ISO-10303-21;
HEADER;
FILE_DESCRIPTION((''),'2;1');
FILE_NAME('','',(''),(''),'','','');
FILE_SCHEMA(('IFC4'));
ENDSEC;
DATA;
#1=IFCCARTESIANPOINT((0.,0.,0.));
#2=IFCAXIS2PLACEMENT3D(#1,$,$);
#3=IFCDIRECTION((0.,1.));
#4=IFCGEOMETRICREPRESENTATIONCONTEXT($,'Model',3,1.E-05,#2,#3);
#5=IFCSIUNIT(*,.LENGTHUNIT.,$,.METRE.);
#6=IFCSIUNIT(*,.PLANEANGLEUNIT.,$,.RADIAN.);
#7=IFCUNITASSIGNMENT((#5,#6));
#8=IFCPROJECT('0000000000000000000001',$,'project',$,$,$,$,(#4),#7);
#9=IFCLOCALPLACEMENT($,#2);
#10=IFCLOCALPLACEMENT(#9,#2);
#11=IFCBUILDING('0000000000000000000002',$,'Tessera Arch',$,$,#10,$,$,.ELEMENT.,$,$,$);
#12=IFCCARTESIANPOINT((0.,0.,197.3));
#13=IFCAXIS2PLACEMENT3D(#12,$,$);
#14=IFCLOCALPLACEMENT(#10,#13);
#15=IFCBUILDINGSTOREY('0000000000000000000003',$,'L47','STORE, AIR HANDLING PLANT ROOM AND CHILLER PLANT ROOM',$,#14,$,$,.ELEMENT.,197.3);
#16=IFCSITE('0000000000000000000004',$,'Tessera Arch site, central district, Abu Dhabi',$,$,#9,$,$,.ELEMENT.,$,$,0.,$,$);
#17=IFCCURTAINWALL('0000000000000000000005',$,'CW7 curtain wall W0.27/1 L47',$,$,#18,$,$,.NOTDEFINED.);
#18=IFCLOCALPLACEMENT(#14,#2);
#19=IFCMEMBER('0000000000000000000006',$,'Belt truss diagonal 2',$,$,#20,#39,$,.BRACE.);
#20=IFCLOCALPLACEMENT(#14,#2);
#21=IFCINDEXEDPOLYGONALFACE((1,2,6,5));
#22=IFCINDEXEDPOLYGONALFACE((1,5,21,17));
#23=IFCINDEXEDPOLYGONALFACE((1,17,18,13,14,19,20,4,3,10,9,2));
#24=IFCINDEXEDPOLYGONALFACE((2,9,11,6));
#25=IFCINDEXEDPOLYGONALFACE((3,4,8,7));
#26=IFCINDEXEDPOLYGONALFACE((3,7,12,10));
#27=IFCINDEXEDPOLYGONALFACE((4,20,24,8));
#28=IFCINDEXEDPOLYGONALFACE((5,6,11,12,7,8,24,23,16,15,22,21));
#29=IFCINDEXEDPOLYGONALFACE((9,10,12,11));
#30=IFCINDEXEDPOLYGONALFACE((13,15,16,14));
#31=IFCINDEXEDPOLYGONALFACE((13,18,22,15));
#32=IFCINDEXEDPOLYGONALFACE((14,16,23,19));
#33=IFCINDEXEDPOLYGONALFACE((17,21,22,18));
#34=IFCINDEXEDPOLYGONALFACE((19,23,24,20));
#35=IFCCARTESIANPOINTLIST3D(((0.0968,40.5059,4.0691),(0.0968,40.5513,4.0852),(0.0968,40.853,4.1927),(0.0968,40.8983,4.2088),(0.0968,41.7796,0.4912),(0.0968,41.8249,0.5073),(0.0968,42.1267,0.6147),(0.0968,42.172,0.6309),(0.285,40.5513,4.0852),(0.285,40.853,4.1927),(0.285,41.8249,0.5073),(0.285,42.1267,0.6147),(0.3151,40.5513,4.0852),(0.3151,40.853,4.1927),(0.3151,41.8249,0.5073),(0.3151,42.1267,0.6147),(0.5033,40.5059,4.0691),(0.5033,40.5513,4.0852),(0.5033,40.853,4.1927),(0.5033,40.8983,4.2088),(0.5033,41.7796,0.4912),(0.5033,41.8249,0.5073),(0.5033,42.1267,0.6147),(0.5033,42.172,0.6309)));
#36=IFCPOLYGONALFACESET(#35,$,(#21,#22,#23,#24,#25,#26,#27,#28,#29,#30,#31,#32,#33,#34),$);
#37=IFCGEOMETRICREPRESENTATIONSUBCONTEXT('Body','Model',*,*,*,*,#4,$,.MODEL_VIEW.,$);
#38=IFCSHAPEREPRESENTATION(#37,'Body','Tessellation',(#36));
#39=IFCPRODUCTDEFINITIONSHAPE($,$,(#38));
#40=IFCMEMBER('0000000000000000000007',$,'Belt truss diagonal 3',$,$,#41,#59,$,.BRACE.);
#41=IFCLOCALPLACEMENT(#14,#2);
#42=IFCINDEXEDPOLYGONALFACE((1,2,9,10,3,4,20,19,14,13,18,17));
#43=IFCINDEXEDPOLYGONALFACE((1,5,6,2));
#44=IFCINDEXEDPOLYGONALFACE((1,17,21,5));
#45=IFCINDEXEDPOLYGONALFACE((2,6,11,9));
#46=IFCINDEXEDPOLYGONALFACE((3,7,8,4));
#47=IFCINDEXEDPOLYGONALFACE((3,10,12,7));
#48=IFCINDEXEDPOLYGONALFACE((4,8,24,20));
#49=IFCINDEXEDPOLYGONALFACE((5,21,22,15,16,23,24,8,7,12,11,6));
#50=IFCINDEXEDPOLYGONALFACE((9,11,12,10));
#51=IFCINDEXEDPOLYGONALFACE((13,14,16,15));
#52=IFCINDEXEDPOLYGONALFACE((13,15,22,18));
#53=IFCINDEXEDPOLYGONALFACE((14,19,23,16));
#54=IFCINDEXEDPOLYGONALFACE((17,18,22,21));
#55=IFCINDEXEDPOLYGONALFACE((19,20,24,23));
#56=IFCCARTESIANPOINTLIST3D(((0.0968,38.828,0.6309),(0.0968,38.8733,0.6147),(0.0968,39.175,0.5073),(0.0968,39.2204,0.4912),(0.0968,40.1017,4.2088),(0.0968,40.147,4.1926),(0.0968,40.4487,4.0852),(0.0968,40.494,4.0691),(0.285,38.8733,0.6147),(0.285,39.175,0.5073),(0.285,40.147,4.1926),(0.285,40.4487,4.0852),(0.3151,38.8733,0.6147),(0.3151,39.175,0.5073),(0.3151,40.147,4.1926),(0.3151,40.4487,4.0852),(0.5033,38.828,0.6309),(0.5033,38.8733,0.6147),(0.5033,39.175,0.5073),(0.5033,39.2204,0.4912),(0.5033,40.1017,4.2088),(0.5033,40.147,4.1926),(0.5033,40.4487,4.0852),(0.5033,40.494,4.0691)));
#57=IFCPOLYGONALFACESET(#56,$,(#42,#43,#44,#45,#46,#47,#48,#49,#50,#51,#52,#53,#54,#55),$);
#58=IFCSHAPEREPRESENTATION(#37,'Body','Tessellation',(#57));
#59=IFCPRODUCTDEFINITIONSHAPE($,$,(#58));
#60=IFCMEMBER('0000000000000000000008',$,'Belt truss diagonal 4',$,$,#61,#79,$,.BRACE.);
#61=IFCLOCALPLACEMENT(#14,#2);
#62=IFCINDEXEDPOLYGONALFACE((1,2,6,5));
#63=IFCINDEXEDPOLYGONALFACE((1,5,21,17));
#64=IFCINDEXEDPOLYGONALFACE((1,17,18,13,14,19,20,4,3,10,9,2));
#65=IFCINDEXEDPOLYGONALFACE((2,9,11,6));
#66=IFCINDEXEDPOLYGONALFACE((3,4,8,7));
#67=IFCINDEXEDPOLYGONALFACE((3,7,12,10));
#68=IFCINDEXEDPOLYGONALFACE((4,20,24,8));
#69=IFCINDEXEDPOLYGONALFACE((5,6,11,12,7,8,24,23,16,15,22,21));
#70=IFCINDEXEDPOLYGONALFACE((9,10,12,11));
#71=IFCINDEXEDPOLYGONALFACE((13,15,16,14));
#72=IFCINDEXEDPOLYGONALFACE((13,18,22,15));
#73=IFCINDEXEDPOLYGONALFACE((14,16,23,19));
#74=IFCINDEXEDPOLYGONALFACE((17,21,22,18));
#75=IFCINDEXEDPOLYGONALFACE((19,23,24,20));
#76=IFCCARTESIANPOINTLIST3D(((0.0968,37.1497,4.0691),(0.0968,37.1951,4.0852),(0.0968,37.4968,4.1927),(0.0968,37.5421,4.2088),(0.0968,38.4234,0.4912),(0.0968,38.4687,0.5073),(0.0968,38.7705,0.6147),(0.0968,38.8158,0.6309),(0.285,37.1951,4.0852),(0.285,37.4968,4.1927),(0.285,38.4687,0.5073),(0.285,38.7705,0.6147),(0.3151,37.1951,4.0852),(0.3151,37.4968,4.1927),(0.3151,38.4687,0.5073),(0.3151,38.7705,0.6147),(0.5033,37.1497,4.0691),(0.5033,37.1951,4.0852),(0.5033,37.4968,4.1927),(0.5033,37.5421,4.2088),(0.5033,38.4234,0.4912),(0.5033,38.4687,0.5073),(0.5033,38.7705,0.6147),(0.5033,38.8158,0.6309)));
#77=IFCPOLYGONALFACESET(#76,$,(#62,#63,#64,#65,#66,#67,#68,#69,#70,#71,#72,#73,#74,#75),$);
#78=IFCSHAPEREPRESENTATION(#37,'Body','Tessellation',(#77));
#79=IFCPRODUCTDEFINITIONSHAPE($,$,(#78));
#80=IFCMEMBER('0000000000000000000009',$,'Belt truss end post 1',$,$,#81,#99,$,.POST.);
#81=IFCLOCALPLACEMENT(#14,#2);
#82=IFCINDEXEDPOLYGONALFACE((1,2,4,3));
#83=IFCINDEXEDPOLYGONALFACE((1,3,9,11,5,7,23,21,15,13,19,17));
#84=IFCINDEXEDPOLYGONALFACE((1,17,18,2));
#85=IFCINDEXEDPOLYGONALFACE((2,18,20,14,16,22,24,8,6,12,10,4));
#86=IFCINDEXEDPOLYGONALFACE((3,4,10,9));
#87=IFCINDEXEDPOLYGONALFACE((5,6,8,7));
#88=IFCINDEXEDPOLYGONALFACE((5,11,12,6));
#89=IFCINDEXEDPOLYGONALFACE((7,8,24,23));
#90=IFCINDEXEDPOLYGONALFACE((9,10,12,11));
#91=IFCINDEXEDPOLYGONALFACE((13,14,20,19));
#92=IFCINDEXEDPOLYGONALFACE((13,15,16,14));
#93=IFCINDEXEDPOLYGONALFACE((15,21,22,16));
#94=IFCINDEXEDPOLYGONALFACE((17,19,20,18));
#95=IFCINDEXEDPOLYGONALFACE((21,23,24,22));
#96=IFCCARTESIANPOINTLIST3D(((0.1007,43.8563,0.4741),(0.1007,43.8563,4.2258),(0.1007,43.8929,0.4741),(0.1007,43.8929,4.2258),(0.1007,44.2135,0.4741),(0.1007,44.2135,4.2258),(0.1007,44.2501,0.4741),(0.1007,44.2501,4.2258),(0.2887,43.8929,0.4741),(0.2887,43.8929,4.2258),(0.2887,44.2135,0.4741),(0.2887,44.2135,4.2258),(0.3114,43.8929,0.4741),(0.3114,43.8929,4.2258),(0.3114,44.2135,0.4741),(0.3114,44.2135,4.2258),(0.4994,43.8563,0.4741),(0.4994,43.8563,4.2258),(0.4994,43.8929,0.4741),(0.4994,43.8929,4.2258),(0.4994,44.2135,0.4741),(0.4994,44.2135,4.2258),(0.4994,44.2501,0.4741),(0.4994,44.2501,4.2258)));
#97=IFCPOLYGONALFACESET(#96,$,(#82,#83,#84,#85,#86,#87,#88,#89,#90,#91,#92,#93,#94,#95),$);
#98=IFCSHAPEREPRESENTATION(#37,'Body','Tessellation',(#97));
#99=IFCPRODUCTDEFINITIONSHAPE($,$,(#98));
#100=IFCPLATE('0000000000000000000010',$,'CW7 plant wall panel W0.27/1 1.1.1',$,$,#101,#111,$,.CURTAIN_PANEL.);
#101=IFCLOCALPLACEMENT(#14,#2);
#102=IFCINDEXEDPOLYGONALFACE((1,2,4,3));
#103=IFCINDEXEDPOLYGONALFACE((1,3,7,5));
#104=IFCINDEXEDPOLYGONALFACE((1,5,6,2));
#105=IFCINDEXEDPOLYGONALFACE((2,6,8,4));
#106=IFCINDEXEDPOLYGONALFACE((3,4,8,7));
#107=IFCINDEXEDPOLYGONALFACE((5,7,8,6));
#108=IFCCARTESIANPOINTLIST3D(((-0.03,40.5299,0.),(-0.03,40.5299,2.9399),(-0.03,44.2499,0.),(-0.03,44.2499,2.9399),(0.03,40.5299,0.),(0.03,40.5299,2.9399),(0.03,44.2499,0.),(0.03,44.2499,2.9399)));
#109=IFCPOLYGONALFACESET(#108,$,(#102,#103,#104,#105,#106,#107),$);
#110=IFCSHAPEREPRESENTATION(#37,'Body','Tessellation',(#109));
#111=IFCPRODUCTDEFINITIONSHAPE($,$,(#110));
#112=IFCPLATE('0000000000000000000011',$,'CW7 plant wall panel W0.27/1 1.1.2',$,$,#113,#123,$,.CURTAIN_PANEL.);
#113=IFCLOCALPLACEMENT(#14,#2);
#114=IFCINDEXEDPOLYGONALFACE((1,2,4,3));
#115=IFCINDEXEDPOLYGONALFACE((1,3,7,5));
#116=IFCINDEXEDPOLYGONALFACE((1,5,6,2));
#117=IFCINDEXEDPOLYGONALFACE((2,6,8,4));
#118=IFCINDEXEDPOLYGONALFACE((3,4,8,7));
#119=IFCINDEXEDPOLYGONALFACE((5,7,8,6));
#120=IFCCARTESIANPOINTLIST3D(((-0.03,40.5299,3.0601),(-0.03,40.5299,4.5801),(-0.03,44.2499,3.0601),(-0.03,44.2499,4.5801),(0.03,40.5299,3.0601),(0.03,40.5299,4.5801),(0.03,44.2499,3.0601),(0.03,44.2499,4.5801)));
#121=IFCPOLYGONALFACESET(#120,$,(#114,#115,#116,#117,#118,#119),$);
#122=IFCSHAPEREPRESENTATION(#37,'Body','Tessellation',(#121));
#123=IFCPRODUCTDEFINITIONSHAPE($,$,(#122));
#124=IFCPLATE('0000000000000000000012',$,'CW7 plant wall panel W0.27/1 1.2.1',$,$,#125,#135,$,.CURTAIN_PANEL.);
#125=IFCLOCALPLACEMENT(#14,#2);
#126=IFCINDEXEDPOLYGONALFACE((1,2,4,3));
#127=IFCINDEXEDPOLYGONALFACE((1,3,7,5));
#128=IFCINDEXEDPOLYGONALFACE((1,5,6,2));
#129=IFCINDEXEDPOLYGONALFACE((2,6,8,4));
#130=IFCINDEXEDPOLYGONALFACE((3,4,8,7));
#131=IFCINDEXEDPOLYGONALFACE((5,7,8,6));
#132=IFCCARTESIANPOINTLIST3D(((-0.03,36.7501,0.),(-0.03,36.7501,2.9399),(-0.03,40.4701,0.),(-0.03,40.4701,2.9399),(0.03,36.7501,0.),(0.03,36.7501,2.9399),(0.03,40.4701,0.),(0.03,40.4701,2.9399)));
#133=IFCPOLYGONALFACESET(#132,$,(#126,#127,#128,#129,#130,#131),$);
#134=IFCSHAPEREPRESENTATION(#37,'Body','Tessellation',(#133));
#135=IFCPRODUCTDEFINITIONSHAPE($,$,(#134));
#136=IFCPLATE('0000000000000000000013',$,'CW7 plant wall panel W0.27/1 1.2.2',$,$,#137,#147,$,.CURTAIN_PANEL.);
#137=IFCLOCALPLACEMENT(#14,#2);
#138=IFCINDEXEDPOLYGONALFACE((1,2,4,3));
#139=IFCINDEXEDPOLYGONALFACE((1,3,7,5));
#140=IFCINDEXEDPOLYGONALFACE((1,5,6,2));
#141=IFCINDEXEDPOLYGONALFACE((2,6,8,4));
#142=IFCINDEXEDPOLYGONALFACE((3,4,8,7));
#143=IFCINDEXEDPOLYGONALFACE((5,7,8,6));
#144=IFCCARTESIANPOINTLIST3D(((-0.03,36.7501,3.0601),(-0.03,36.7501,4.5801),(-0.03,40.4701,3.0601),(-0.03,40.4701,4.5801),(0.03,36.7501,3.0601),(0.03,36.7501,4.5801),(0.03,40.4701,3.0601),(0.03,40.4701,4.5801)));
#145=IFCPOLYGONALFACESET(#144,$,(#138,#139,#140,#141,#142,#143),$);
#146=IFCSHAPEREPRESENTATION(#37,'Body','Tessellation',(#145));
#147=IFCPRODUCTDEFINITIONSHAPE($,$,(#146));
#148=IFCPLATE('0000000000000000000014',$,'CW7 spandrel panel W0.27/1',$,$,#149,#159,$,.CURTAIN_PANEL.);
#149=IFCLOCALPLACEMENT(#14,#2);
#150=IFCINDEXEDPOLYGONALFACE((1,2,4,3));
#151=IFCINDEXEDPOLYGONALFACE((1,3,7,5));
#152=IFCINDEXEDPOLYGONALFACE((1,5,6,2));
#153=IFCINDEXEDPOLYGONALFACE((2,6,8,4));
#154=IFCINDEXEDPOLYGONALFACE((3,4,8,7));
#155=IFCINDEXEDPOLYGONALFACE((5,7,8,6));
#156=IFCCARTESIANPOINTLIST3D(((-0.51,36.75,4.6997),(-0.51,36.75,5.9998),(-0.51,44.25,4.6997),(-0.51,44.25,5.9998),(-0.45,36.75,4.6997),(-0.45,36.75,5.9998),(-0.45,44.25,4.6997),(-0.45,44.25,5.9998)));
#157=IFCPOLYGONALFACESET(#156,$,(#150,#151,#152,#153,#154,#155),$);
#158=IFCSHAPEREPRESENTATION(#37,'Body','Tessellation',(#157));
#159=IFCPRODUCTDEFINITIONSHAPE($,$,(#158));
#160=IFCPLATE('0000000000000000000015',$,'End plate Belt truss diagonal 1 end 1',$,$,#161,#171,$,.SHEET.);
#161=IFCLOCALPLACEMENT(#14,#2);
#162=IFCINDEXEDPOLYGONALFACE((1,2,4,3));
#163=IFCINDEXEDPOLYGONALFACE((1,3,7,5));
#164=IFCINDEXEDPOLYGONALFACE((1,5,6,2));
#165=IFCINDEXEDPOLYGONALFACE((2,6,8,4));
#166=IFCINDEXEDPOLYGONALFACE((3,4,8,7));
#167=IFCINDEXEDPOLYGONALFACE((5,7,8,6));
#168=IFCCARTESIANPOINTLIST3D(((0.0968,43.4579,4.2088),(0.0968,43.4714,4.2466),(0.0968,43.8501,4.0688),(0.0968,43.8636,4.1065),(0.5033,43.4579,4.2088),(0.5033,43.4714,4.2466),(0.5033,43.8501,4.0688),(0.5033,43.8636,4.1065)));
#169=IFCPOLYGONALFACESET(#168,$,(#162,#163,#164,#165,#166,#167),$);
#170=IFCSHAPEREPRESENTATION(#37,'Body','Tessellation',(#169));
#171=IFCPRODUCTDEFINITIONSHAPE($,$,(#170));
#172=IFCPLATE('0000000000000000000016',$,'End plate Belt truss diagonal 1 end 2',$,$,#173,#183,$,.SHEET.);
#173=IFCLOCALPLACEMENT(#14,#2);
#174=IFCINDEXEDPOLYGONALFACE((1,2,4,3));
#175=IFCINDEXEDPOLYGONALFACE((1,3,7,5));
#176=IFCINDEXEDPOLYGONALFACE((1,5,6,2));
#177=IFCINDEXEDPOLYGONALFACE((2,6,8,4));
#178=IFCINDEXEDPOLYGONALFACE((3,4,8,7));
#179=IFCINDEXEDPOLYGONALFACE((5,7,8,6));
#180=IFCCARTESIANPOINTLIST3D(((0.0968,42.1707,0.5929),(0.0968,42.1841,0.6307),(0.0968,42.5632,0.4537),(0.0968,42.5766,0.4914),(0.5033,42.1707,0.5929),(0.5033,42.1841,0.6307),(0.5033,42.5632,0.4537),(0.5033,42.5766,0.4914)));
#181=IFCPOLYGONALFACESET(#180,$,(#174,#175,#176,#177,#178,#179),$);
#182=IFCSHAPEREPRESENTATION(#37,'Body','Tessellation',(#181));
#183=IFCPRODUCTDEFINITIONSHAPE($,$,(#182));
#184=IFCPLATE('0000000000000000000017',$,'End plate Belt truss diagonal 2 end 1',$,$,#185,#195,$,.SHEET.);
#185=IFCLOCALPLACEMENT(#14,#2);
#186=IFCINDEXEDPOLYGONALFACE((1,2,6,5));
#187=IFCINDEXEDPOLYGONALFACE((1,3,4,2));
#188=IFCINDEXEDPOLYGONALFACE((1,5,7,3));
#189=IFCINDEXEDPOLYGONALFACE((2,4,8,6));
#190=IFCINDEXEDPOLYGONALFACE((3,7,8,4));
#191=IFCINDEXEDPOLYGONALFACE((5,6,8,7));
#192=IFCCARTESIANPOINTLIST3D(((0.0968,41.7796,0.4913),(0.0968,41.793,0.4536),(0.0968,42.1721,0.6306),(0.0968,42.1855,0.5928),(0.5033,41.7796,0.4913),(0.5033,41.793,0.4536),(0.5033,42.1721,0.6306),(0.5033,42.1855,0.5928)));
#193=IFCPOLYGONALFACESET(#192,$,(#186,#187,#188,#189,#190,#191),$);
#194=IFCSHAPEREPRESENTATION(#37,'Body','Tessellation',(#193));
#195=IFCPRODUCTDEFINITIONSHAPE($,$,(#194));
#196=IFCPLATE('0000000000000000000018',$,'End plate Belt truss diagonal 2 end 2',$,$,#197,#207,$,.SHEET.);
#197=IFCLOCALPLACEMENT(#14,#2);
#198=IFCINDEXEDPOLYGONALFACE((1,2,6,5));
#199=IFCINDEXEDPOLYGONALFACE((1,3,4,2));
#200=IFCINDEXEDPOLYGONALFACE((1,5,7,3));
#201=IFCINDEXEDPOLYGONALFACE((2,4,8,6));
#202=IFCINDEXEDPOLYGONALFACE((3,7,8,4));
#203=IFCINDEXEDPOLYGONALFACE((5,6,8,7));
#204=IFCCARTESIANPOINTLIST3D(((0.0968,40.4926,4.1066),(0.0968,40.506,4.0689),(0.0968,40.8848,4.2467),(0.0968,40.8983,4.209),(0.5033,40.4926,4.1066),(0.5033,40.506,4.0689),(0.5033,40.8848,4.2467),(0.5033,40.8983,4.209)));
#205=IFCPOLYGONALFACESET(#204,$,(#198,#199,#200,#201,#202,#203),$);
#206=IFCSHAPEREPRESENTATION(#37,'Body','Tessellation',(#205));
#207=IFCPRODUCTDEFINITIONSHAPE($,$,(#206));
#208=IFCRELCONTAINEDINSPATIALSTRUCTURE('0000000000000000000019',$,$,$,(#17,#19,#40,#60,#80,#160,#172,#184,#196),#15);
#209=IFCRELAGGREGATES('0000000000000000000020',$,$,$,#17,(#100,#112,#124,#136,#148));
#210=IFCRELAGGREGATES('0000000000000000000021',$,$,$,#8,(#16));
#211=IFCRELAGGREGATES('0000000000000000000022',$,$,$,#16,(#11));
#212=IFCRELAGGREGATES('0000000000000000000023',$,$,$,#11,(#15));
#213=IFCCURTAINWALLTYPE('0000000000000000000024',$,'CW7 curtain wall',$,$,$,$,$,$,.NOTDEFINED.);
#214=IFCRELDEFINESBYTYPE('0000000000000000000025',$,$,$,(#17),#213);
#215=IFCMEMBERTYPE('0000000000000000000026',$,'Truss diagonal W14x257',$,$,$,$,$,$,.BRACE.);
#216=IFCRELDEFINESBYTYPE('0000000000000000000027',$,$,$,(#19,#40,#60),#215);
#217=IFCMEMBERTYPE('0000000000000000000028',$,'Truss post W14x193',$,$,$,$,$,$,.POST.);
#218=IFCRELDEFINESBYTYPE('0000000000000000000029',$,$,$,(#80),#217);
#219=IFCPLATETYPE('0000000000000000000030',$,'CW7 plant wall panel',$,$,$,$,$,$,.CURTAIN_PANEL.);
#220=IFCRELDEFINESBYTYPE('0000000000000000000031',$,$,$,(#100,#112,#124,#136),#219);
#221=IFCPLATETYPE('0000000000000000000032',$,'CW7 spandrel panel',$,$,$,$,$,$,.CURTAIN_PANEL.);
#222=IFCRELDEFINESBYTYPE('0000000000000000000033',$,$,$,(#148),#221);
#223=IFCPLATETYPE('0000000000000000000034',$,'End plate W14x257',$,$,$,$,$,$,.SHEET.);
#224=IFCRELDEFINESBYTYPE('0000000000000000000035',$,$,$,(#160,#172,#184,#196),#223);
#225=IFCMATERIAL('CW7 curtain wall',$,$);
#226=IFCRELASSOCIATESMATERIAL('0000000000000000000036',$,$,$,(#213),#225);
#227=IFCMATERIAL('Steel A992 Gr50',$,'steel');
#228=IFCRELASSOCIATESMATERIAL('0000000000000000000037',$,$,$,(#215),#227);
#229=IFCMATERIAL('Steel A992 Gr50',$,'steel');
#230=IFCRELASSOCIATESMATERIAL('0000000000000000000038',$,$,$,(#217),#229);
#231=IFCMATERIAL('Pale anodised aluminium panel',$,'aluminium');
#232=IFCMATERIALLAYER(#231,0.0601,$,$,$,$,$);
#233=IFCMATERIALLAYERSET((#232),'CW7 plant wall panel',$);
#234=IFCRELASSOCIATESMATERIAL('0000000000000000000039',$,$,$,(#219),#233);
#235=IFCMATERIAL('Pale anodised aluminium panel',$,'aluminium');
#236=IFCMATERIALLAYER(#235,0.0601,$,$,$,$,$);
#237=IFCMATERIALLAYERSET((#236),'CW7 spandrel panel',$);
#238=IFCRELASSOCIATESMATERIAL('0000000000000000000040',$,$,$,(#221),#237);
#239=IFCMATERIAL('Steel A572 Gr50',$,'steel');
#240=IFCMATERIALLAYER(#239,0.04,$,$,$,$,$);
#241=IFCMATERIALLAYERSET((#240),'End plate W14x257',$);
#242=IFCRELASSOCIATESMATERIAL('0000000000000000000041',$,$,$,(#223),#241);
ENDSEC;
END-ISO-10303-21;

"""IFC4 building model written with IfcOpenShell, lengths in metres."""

from ifc_helpers import new_model, si_unit, direction, frame, origin, origin_2d, place, context, subcontext, project, spatial, rectangle, i_section, extrude, material, layer, layer_set, material_profile, profile_set, type_object, element, aggregate, save


model = new_model("IFC4")

# Units and contexts
model_context = context("Model", 3, precision=1e-05, world=origin(), true_north=direction((0.0, 1.0)))
body_context = subcontext(model_context, "Body", "Model", "MODEL_VIEW")
ifc_project = project(units=[si_unit("LENGTHUNIT", "METRE"), si_unit("PLANEANGLEUNIT", "RADIAN")], contexts=[model_context])

# Site, building, storey
site_placement = place(None, origin())
site = spatial("IfcSite", under=ifc_project, at=site_placement, Name="Tessera Arch site, central district, Abu Dhabi", CompositionType="ELEMENT", RefElevation=0.0)
building_placement = place(site_placement, origin())
building = spatial("IfcBuilding", under=site, at=building_placement, Name="Tessera Arch", CompositionType="ELEMENT")
storey_placement = place(building_placement, frame((0.0, 0.0, 197.3)))
storey = spatial("IfcBuildingStorey", under=building, at=storey_placement, Name="L47", Description="STORE, AIR HANDLING PLANT ROOM AND CHILLER PLANT ROOM", CompositionType="ELEMENT", Elevation=197.3)

# Curtain wall
ifc_material_1 = material(Name="CW7 curtain wall")
curtain_wall_type = type_object("IfcCurtainWallType", Name="CW7 curtain wall", PredefinedType="NOTDEFINED", material=ifc_material_1)
curtain_wall_placement = place(storey_placement, origin())
curtain_wall = element("IfcCurtainWall", 1, at=curtain_wall_placement, inside=storey, type_object=curtain_wall_type, Name="CW7 curtain wall W0.27/1 L47", PredefinedType="NOTDEFINED")

# Members
ifc_material_2 = material(Name="Steel A992 Gr50", Category="steel")
ifc_material_profile_1 = material_profile(ifc_material_2, i_section(OverallWidth=0.4065, OverallDepth=0.4165, WebThickness=0.03, FlangeThickness=0.0481, at=origin_2d()), Name="W14x257")
ifc_profile_set_1 = profile_set([ifc_material_profile_1], Name="Steel A992 Gr50")
member_type_1 = type_object("IfcMemberType", Name="Truss diagonal W14x257", PredefinedType="BRACE", material=ifc_profile_set_1)
for number, where, z_axis, x_axis, name in (
    (2, (0.3, 41.9758, 0.561), (0.0, -0.335371, 0.942086), (1.0, 0.0, 0.0), "Belt truss diagonal 2"),
    (3, (0.3, 40.2979, 4.1389), (0.0, -0.335371, -0.942086), (1.0, 0.0, 0.0), "Belt truss diagonal 3"),
    (4, (0.3, 38.6196, 0.561), (0.0, -0.335371, 0.942086), (1.0, 0.0, 0.0), "Belt truss diagonal 4"),
):
    element("IfcMember", number, at=place(storey_placement, frame(where, z_axis=z_axis, x_axis=x_axis)), inside=storey, type_object=member_type_1, Name=name, PredefinedType="BRACE", context=body_context, shape_type="SweptSolid", body=[
        extrude(i_section(OverallWidth=0.4065, OverallDepth=0.4165, WebThickness=0.03, FlangeThickness=0.0481, at=origin_2d()), origin(), (0.0, 0.0, 1.0), 3.7979),
    ])
ifc_material_3 = material(Name="Steel A992 Gr50", Category="steel")
ifc_material_profile_2 = material_profile(ifc_material_3, i_section(OverallWidth=0.3987, OverallDepth=0.3938, WebThickness=0.0227, FlangeThickness=0.0366, at=origin_2d()), Name="W14x193")
ifc_profile_set_2 = profile_set([ifc_material_profile_2], Name="Steel A992 Gr50")
member_type_2 = type_object("IfcMemberType", Name="Truss post W14x193", PredefinedType="POST", material=ifc_profile_set_2)
member_1_placement = place(storey_placement, frame((0.3, 44.0532, 0.4741), z_axis=(0.0, 0.0, 1.0), x_axis=(1.0, 0.0, 0.0)))
element("IfcMember", 5, at=member_1_placement, inside=storey, type_object=member_type_2, Name="Belt truss end post 1", PredefinedType="POST", context=body_context, shape_type="SweptSolid", body=[
    extrude(i_section(OverallWidth=0.3987, OverallDepth=0.3938, WebThickness=0.0227, FlangeThickness=0.0366, at=origin_2d()), origin(), (0.0, 0.0, 1.0), 3.7517),
])

# Plates
ifc_material_4 = material(Name="Pale anodised aluminium panel", Category="aluminium")
ifc_layer_1 = layer(ifc_material_4, 0.0601)
ifc_layer_set_1 = layer_set([ifc_layer_1], Name="CW7 plant wall panel")
plate_type_1 = type_object("IfcPlateType", Name="CW7 plant wall panel", PredefinedType="CURTAIN_PANEL", material=ifc_layer_set_1)
plate_1_placement = place(storey_placement, frame((0.0, 42.3899, 0.0), z_axis=(0.0, 0.0, 1.0), x_axis=(0.0, -1.0, 0.0)))
plate_1 = element("IfcPlate", 6, at=plate_1_placement, type_object=plate_type_1, Name="CW7 plant wall panel W0.27/1 1.1.1", PredefinedType="CURTAIN_PANEL", context=body_context, shape_type="SweptSolid", body=[
    extrude(rectangle(XDim=3.72, YDim=0.0601, at=origin_2d()), origin(), (0.0, 0.0, 1.0), 2.9399),
])
plate_2_placement = place(storey_placement, frame((0.0, 42.3899, 3.0601), z_axis=(0.0, 0.0, 1.0), x_axis=(0.0, -1.0, 0.0)))
plate_2 = element("IfcPlate", 7, at=plate_2_placement, type_object=plate_type_1, Name="CW7 plant wall panel W0.27/1 1.1.2", PredefinedType="CURTAIN_PANEL", context=body_context, shape_type="SweptSolid", body=[
    extrude(rectangle(XDim=3.72, YDim=0.0601, at=origin_2d()), origin(), (0.0, 0.0, 1.0), 1.52),
])
plate_3_placement = place(storey_placement, frame((0.0, 38.6101, 0.0), z_axis=(0.0, 0.0, 1.0), x_axis=(0.0, -1.0, 0.0)))
plate_3 = element("IfcPlate", 8, at=plate_3_placement, type_object=plate_type_1, Name="CW7 plant wall panel W0.27/1 1.2.1", PredefinedType="CURTAIN_PANEL", context=body_context, shape_type="SweptSolid", body=[
    extrude(rectangle(XDim=3.72, YDim=0.0601, at=origin_2d()), origin(), (0.0, 0.0, 1.0), 2.9399),
])
plate_4_placement = place(storey_placement, frame((0.0, 38.6101, 3.0601), z_axis=(0.0, 0.0, 1.0), x_axis=(0.0, -1.0, 0.0)))
plate_4 = element("IfcPlate", 9, at=plate_4_placement, type_object=plate_type_1, Name="CW7 plant wall panel W0.27/1 1.2.2", PredefinedType="CURTAIN_PANEL", context=body_context, shape_type="SweptSolid", body=[
    extrude(rectangle(XDim=3.72, YDim=0.0601, at=origin_2d()), origin(), (0.0, 0.0, 1.0), 1.52),
])
ifc_material_5 = material(Name="Pale anodised aluminium panel", Category="aluminium")
ifc_layer_2 = layer(ifc_material_5, 0.0601)
ifc_layer_set_2 = layer_set([ifc_layer_2], Name="CW7 spandrel panel")
plate_type_2 = type_object("IfcPlateType", Name="CW7 spandrel panel", PredefinedType="CURTAIN_PANEL", material=ifc_layer_set_2)
plate_5_placement = place(storey_placement, frame((-0.48, 40.5, 4.6997), z_axis=(0.0, 0.0, 1.0), x_axis=(0.0, -1.0, 0.0)))
plate_5 = element("IfcPlate", 10, at=plate_5_placement, type_object=plate_type_2, Name="CW7 spandrel panel W0.27/1", PredefinedType="CURTAIN_PANEL", context=body_context, shape_type="SweptSolid", body=[
    extrude(rectangle(XDim=7.5, YDim=0.0601, at=origin_2d()), origin(), (0.0, 0.0, 1.0), 1.3),
])
aggregate(curtain_wall, [plate_1, plate_2, plate_3, plate_4, plate_5])

# Plates
ifc_material_6 = material(Name="Steel A572 Gr50", Category="steel")
ifc_layer_3 = layer(ifc_material_6, 0.04)
ifc_layer_set_3 = layer_set([ifc_layer_3], Name="End plate W14x257")
plate_type_3 = type_object("IfcPlateType", Name="End plate W14x257", PredefinedType="SHEET", material=ifc_layer_set_3)
for number, where, z_axis, x_axis, name in (
    (11, (0.3, 43.6675, 4.1765), (0.0, -0.336336, -0.941742), (1.0, 0.0, 0.0), "End plate Belt truss diagonal 1 end 1"),
    (12, (0.3, 42.3804, 0.561), (0.0, -0.33441, -0.942428), (1.0, 0.0, 0.0), "End plate Belt truss diagonal 1 end 2"),
    (13, (0.3, 41.9893, 0.5232), (0.0, -0.33441, 0.942428), (1.0, 0.0, 0.0), "End plate Belt truss diagonal 2 end 1"),
    (14, (0.3, 40.7021, 4.1389), (0.0, -0.336336, 0.941742), (1.0, 0.0, 0.0), "End plate Belt truss diagonal 2 end 2"),
):
    element("IfcPlate", number, at=place(storey_placement, frame(where, z_axis=z_axis, x_axis=x_axis)), inside=storey, type_object=plate_type_3, Name=name, PredefinedType="SHEET", context=body_context, shape_type="SweptSolid", body=[
        extrude(rectangle(XDim=0.4065, YDim=0.4165, at=origin_2d()), origin(), (0.0, 0.0, 1.0), 0.04),
    ])

save(model, "model.ifc")
